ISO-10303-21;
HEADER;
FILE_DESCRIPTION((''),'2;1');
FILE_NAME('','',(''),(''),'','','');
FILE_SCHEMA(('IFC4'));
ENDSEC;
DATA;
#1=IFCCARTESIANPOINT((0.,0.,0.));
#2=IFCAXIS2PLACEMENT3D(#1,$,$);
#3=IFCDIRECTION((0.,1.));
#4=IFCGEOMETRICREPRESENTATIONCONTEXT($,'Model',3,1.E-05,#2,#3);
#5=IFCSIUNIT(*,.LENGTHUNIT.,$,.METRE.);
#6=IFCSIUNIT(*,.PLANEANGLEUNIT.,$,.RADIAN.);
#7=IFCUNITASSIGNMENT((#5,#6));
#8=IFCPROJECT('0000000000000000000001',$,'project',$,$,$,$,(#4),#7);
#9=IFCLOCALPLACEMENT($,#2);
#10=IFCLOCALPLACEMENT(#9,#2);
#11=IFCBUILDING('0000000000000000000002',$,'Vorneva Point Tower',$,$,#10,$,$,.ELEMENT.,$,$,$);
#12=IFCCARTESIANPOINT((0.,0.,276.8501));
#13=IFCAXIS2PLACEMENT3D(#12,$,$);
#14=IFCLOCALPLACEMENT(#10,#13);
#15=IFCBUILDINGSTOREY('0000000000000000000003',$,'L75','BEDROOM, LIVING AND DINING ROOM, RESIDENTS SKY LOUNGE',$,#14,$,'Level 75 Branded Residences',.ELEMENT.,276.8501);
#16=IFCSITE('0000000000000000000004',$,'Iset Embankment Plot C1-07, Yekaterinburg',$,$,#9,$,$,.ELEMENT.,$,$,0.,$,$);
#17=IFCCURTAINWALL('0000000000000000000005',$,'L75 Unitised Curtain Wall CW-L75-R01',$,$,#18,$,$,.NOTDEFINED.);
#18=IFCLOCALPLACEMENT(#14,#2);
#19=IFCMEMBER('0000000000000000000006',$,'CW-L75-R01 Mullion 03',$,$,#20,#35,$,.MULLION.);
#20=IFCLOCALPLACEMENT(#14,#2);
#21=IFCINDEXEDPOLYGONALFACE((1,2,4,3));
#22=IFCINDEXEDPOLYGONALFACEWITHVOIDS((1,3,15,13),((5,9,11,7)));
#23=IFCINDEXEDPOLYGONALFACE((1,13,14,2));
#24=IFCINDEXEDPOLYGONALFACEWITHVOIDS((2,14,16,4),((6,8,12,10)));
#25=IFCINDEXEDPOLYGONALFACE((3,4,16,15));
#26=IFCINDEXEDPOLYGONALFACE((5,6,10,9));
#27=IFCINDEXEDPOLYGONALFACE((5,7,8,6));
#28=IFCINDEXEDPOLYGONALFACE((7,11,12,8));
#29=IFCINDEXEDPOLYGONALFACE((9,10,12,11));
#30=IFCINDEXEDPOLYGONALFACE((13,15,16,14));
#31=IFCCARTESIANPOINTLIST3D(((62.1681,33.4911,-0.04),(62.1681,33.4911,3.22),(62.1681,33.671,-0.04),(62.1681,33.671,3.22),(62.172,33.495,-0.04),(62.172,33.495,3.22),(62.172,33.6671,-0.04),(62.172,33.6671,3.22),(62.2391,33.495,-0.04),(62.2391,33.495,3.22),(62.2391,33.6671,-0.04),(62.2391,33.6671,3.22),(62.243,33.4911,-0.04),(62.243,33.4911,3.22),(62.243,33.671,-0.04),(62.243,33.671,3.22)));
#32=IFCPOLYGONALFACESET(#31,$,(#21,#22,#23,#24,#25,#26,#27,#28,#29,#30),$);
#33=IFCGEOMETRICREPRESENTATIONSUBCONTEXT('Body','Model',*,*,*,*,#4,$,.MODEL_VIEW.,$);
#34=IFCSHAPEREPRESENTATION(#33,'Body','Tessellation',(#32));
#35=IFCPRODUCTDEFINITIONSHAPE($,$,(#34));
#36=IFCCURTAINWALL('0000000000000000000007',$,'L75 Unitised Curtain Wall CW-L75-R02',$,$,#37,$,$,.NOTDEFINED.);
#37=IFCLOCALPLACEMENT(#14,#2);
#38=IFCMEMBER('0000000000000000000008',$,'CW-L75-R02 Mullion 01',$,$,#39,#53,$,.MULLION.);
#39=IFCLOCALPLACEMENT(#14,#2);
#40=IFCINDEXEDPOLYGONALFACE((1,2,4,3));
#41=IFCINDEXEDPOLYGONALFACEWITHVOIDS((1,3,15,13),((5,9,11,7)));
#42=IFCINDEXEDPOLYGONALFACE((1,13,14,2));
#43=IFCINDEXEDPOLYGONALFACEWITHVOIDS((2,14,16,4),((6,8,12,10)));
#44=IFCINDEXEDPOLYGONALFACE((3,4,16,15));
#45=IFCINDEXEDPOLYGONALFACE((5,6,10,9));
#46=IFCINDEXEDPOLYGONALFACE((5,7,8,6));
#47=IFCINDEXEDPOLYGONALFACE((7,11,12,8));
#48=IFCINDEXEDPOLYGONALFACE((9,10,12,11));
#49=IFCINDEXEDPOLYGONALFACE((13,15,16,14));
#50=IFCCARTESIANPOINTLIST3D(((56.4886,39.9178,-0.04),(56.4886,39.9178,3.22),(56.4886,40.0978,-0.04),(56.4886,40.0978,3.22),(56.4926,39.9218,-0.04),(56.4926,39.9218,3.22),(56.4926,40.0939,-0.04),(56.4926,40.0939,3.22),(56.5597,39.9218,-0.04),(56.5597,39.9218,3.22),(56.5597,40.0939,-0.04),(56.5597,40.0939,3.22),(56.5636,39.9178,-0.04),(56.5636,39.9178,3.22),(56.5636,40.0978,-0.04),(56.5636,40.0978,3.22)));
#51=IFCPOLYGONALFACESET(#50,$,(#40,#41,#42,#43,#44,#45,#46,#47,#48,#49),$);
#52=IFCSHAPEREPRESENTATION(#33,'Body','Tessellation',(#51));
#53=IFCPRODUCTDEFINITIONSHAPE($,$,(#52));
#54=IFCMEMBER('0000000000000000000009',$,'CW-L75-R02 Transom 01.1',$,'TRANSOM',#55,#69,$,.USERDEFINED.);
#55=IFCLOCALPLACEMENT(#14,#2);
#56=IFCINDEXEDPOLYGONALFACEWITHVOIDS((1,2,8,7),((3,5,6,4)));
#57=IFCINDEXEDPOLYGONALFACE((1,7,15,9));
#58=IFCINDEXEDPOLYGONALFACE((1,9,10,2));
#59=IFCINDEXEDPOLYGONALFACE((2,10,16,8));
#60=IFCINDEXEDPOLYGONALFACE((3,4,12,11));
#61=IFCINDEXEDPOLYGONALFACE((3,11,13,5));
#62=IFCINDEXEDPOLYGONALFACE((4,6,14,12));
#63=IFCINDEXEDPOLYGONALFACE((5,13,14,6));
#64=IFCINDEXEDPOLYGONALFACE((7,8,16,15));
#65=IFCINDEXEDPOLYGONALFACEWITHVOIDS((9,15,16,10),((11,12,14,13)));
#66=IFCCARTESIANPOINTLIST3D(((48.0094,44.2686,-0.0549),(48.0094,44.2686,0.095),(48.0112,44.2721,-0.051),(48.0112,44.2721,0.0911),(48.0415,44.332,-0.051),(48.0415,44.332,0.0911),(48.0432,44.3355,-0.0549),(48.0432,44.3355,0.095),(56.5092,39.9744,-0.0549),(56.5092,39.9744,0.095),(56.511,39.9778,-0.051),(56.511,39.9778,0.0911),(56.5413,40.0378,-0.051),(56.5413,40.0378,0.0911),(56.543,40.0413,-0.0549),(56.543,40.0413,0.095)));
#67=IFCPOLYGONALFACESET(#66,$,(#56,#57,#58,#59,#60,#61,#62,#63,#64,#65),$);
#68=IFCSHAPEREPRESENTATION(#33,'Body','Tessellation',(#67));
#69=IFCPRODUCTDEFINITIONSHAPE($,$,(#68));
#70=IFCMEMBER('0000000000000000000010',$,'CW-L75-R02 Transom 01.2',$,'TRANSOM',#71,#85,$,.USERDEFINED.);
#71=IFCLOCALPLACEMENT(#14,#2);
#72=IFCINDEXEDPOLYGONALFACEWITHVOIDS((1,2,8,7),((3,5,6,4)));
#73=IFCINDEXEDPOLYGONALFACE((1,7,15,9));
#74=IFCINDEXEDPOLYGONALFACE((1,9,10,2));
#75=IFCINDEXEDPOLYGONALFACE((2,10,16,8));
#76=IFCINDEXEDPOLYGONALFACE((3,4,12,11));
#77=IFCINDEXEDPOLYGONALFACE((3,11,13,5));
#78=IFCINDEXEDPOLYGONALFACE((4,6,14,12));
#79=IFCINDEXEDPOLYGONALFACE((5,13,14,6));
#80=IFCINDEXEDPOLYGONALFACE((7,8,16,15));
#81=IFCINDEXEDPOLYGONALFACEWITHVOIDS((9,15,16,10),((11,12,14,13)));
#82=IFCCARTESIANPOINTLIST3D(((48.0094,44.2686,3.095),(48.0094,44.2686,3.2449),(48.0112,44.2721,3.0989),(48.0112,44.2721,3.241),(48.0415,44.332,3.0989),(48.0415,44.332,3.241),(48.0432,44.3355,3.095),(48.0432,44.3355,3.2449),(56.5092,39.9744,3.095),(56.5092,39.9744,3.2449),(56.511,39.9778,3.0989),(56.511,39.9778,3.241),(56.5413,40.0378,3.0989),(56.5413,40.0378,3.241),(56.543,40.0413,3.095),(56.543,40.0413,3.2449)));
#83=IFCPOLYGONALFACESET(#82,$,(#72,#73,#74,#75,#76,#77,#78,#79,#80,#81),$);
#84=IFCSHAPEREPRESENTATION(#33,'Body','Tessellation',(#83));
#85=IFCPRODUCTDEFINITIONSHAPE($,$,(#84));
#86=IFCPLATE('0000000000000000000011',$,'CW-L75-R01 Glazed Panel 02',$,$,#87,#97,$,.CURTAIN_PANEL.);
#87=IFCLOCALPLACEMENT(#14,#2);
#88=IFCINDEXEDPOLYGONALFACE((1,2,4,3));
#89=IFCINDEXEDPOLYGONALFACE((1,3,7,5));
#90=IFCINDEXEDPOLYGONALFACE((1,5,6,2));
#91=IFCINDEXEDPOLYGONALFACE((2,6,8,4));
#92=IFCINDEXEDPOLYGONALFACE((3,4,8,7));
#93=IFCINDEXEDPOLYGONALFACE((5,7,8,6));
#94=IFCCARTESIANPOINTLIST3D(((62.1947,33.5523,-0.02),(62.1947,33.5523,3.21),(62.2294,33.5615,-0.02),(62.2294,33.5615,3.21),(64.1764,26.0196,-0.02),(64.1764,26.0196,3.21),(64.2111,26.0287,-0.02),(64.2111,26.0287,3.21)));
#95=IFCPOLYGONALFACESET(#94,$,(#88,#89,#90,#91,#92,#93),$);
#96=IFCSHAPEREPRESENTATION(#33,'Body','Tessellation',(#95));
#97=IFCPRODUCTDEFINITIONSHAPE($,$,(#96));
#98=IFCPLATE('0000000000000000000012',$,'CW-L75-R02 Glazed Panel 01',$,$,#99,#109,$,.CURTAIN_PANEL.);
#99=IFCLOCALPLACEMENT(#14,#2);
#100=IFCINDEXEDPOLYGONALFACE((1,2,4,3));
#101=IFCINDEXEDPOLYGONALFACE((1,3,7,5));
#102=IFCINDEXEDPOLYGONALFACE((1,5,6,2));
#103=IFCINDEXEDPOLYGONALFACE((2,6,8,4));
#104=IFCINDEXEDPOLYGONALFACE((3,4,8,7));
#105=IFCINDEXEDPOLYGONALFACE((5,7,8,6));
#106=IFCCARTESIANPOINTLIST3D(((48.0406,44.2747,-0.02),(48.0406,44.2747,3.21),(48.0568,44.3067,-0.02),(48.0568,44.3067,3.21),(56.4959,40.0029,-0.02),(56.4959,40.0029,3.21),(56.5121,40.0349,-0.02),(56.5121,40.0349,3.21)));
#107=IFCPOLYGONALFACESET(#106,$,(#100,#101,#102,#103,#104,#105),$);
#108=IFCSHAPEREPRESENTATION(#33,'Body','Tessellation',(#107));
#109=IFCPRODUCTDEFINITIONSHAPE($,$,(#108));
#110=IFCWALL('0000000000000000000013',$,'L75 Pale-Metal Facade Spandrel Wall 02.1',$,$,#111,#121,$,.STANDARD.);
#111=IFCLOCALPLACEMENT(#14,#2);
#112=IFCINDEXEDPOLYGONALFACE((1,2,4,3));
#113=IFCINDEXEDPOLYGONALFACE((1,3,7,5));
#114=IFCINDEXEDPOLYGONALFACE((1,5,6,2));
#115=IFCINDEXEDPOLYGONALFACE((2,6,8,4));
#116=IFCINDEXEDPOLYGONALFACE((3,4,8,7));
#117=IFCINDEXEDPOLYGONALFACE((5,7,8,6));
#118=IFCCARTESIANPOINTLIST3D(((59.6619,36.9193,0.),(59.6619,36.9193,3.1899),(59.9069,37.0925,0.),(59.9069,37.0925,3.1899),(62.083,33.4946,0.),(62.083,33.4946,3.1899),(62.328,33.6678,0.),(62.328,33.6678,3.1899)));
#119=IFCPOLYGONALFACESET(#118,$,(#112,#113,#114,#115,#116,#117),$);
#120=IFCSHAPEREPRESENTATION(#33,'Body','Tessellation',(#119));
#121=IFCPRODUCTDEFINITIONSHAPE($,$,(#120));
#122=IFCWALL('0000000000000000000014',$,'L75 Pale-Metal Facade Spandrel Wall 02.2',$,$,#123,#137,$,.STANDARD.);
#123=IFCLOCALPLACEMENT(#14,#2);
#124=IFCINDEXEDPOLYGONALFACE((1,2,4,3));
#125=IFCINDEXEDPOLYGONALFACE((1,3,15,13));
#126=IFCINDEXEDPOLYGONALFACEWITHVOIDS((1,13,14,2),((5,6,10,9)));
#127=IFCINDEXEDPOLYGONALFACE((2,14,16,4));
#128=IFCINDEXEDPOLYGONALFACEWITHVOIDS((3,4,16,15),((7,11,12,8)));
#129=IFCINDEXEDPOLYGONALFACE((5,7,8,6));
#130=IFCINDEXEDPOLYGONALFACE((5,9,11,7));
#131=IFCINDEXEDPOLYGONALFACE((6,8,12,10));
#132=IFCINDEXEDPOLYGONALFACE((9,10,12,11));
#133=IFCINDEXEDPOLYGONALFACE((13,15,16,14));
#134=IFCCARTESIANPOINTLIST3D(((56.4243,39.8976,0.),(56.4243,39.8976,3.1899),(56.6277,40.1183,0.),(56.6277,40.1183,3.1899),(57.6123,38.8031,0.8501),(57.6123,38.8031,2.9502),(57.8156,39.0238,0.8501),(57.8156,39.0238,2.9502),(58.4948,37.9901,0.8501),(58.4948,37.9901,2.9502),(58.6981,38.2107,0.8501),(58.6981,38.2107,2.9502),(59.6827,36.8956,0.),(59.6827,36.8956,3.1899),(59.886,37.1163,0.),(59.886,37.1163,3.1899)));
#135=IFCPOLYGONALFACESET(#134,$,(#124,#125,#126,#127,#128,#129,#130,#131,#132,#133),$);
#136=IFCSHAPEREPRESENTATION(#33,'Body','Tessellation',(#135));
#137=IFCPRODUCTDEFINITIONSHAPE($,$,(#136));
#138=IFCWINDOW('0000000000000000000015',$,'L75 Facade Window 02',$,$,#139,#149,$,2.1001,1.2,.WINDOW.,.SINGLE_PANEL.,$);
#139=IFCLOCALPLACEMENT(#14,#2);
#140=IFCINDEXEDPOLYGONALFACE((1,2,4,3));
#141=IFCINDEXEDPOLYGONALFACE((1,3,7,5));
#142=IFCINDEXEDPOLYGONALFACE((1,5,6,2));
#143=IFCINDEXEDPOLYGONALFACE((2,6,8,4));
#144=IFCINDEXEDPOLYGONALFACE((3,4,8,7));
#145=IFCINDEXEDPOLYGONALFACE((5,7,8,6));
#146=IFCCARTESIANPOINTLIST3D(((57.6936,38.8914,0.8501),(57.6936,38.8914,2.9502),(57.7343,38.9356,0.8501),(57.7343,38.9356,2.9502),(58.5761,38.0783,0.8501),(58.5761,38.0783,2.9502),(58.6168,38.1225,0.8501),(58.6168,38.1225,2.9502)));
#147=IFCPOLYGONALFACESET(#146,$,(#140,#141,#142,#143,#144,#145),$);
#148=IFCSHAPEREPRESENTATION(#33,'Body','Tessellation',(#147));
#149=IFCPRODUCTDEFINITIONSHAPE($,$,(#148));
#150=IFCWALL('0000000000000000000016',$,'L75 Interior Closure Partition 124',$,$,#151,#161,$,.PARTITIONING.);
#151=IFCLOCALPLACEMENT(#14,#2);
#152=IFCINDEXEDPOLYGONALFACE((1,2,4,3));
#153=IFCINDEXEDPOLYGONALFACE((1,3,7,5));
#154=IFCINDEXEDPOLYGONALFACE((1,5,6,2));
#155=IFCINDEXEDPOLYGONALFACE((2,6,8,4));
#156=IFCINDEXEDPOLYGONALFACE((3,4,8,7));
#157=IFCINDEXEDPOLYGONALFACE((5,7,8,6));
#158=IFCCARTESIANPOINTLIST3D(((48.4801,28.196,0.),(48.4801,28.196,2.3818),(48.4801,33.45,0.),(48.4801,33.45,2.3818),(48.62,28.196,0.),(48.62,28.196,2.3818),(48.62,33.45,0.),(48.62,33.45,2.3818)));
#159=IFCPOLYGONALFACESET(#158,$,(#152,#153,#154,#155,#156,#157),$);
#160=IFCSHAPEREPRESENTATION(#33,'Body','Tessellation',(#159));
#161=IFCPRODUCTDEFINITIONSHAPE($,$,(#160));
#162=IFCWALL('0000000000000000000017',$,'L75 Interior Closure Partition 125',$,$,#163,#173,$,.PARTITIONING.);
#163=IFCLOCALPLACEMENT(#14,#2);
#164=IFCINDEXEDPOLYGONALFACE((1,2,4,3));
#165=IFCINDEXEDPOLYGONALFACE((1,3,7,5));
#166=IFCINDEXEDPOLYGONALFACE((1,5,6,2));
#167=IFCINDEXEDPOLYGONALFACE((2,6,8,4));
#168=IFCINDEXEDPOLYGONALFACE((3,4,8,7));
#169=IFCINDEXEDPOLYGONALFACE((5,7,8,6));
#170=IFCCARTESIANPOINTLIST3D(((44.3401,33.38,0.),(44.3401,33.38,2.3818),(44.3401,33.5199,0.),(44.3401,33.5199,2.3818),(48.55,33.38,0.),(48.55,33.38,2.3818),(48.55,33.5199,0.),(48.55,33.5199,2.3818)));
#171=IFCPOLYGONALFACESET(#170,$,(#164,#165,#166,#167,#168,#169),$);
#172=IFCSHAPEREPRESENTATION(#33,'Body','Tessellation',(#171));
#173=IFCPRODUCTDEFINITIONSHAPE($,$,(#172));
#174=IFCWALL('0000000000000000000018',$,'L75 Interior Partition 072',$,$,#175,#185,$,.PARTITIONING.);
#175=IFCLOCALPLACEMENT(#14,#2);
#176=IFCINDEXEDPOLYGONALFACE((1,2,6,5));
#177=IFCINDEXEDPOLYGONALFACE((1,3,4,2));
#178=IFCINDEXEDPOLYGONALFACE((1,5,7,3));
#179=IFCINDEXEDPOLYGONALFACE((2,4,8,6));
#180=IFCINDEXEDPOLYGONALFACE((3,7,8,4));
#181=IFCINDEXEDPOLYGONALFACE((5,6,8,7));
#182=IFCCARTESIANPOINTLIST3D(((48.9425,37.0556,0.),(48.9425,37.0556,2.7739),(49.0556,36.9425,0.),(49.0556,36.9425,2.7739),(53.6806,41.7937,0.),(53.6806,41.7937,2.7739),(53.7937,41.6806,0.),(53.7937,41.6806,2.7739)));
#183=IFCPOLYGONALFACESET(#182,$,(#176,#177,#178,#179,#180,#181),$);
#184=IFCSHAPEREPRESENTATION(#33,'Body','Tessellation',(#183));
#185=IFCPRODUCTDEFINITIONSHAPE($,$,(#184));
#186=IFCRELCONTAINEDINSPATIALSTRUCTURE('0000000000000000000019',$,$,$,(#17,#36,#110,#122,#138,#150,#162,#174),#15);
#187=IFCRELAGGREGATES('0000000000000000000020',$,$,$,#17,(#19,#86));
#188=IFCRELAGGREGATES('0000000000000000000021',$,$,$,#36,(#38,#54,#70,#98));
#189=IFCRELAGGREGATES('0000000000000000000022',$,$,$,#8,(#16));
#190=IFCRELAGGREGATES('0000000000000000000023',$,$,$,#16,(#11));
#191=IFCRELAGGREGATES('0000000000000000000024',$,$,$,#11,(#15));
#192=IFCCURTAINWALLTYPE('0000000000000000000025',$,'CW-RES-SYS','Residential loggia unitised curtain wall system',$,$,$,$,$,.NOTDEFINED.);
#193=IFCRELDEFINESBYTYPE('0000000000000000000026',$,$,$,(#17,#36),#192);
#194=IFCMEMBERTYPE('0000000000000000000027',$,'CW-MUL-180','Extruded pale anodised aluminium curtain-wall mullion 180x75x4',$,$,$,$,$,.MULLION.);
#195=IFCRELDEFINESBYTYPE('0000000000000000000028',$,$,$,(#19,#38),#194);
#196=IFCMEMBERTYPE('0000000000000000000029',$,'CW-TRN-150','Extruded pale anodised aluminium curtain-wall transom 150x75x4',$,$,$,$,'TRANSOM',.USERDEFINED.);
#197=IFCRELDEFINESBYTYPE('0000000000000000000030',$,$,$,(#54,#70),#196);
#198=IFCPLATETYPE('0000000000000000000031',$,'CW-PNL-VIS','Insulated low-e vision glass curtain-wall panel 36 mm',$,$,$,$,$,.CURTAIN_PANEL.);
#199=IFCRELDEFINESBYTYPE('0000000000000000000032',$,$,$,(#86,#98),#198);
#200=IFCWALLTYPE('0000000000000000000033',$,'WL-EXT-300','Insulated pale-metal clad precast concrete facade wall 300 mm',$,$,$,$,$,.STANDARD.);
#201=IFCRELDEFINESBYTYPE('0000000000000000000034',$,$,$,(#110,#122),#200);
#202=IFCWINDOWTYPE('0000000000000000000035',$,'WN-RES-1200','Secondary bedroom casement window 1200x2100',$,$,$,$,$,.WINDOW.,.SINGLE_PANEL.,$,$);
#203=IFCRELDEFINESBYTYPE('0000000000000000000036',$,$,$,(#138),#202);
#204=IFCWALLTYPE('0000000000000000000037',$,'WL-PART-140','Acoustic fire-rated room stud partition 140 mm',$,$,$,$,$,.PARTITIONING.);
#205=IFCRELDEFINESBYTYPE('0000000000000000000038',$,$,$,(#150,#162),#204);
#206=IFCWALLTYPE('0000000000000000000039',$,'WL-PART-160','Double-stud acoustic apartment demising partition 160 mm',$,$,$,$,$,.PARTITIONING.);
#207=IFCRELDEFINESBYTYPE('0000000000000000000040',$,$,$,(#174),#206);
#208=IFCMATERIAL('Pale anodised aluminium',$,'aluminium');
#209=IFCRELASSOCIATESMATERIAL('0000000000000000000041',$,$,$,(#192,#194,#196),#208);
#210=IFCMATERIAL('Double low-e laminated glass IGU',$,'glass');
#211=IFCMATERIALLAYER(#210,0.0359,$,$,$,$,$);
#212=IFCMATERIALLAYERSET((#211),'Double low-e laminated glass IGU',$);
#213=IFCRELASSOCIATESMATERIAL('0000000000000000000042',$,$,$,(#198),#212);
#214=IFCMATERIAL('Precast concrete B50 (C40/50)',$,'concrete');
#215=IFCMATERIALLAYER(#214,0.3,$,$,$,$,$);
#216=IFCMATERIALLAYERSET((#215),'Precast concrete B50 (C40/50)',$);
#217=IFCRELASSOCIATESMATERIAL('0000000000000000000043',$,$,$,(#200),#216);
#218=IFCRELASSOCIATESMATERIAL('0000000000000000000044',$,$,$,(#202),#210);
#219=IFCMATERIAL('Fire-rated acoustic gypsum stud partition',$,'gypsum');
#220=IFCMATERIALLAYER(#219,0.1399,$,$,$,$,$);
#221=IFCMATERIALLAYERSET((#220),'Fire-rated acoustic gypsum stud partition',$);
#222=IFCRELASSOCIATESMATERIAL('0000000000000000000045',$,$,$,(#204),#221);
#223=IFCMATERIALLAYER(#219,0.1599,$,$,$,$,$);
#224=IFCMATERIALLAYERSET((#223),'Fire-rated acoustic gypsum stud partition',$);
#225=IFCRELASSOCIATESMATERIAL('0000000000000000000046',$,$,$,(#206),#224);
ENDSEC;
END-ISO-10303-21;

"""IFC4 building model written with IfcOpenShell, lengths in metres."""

from ifc_helpers import new_model, si_unit, direction, frame, frame_2d, origin, origin_2d, place, context, subcontext, project, spatial, rectangle, hollow_rectangle, extrude, material, layer, layer_set, material_profile, profile_set, type_object, element, fill, aggregate, save


model = new_model("IFC4")

# Units and contexts
model_context = context("Model", 3, precision=1e-05, world=origin(), true_north=direction((0.0, 1.0)))
body_context = subcontext(model_context, "Body", "Model", "MODEL_VIEW")
ifc_project = project(units=[si_unit("LENGTHUNIT", "METRE"), si_unit("PLANEANGLEUNIT", "RADIAN")], contexts=[model_context])

# Site, building, storey
site_placement = place(None, origin())
site = spatial("IfcSite", under=ifc_project, at=site_placement, Name="Iset Embankment Plot C1-07, Yekaterinburg", CompositionType="ELEMENT", RefElevation=0.0)
building_placement = place(site_placement, origin())
building = spatial("IfcBuilding", under=site, at=building_placement, Name="Vorneva Point Tower", CompositionType="ELEMENT")
storey_placement = place(building_placement, frame((0.0, 0.0, 276.8501)))
storey = spatial("IfcBuildingStorey", under=building, at=storey_placement, Name="L75", Description="BEDROOM, LIVING AND DINING ROOM, RESIDENTS SKY LOUNGE", LongName="Level 75 Branded Residences", CompositionType="ELEMENT", Elevation=276.8501)

# Curtain wall, member
ifc_material_1 = material(Name="Pale anodised aluminium", Category="aluminium")
curtain_wall_type = type_object("IfcCurtainWallType", Name="CW-RES-SYS", Description="Residential loggia unitised curtain wall system", PredefinedType="NOTDEFINED", material=ifc_material_1)
curtain_wall_1_placement = place(storey_placement, origin())
curtain_wall_1 = element("IfcCurtainWall", 1, at=curtain_wall_1_placement, inside=storey, type_object=curtain_wall_type, Name="L75 Unitised Curtain Wall CW-L75-R01", PredefinedType="NOTDEFINED")
ifc_material_profile_1 = material_profile(ifc_material_1, hollow_rectangle(XDim=0.075, YDim=0.1799, WallThickness=0.0039, at=origin_2d()), Name="AL-MUL 180x75x4")
ifc_profile_set_1 = profile_set([ifc_material_profile_1], Name="Pale anodised aluminium")
member_type_1 = type_object("IfcMemberType", Name="CW-MUL-180", Description="Extruded pale anodised aluminium curtain-wall mullion 180x75x4", PredefinedType="MULLION", material=ifc_profile_set_1)
member_1_placement = place(storey_placement, frame((62.2056, 33.5811, -0.04), z_axis=(0.0, 0.0, 1.0), x_axis=(1.0, 0.0, 0.0)))
member_1 = element("IfcMember", 2, at=member_1_placement, type_object=member_type_1, Name="CW-L75-R01 Mullion 03", PredefinedType="MULLION", context=body_context, shape_type="SweptSolid", body=[
    extrude(hollow_rectangle(XDim=0.075, YDim=0.1799, WallThickness=0.0039, at=origin_2d()), origin(), (0.0, 0.0, 1.0), 3.26),
])

# Curtain wall, members
curtain_wall_2_placement = place(storey_placement, origin())
curtain_wall_2 = element("IfcCurtainWall", 3, at=curtain_wall_2_placement, inside=storey, type_object=curtain_wall_type, Name="L75 Unitised Curtain Wall CW-L75-R02", PredefinedType="NOTDEFINED")
member_2_placement = place(storey_placement, frame((56.5261, 40.0078, -0.04), z_axis=(0.0, 0.0, 1.0), x_axis=(1.0, 0.0, 0.0)))
member_2 = element("IfcMember", 4, at=member_2_placement, type_object=member_type_1, Name="CW-L75-R02 Mullion 01", PredefinedType="MULLION", context=body_context, shape_type="SweptSolid", body=[
    extrude(hollow_rectangle(XDim=0.075, YDim=0.1799, WallThickness=0.0039, at=origin_2d()), origin(), (0.0, 0.0, 1.0), 3.26),
])
ifc_material_profile_2 = material_profile(ifc_material_1, hollow_rectangle(XDim=0.075, YDim=0.1499, WallThickness=0.0039, at=origin_2d()), Name="AL-TRN 150x75x4")
ifc_profile_set_2 = profile_set([ifc_material_profile_2], Name="Pale anodised aluminium")
member_type_2 = type_object("IfcMemberType", Name="CW-TRN-150", Description="Extruded pale anodised aluminium curtain-wall transom 150x75x4", ElementType="TRANSOM", PredefinedType="USERDEFINED", material=ifc_profile_set_2)
member_3_placement = place(storey_placement, frame((56.5261, 40.0078, 0.02), z_axis=(-0.892558, 0.450932, 0.0), x_axis=(-0.450932, -0.892558, 0.0)))
member_3 = element("IfcMember", 5, at=member_3_placement, type_object=member_type_2, Name="CW-L75-R02 Transom 01.1", ObjectType="TRANSOM", PredefinedType="USERDEFINED", context=body_context, shape_type="SweptSolid", body=[
    extrude(hollow_rectangle(XDim=0.075, YDim=0.1499, WallThickness=0.0039, at=origin_2d()), origin(), (0.0, 0.0, 1.0), 9.5229),
])
member_4_placement = place(storey_placement, frame((56.5261, 40.0078, 3.1699), z_axis=(-0.892558, 0.450932, 0.0), x_axis=(-0.450932, -0.892558, 0.0)))
member_4 = element("IfcMember", 6, at=member_4_placement, type_object=member_type_2, Name="CW-L75-R02 Transom 01.2", ObjectType="TRANSOM", PredefinedType="USERDEFINED", context=body_context, shape_type="SweptSolid", body=[
    extrude(hollow_rectangle(XDim=0.075, YDim=0.1499, WallThickness=0.0039, at=origin_2d()), origin(), (0.0, 0.0, 1.0), 9.5229),
])

# Plates
ifc_material_2 = material(Name="Double low-e laminated glass IGU", Category="glass")
ifc_layer_1 = layer(ifc_material_2, 0.0359)
ifc_layer_set_1 = layer_set([ifc_layer_1], Name="Double low-e laminated glass IGU")
plate_type = type_object("IfcPlateType", Name="CW-PNL-VIS", Description="Insulated low-e vision glass curtain-wall panel 36 mm", PredefinedType="CURTAIN_PANEL", material=ifc_layer_set_1)
plate_1_placement = place(storey_placement, frame((63.2029, 29.7905, -0.02), z_axis=(0.0, 0.0, 1.0), x_axis=(-0.254416, 0.967095, 0.0)))
plate_1 = element("IfcPlate", 7, at=plate_1_placement, type_object=plate_type, Name="CW-L75-R01 Glazed Panel 02", PredefinedType="CURTAIN_PANEL", context=body_context, shape_type="SweptSolid", body=[
    extrude(rectangle(XDim=7.7891, YDim=0.0359, at=origin_2d()), origin(), (0.0, 0.0, 1.0), 3.23),
])
aggregate(curtain_wall_1, [member_1, plate_1])
plate_2_placement = place(storey_placement, frame((52.2764, 42.1548, -0.02), z_axis=(0.0, 0.0, 1.0), x_axis=(-0.892554, 0.45094, 0.0)))
plate_2 = element("IfcPlate", 8, at=plate_2_placement, type_object=plate_type, Name="CW-L75-R02 Glazed Panel 01", PredefinedType="CURTAIN_PANEL", context=body_context, shape_type="SweptSolid", body=[
    extrude(rectangle(XDim=9.4731, YDim=0.0359, at=origin_2d()), origin(), (0.0, 0.0, 1.0), 3.23),
])
aggregate(curtain_wall_2, [member_2, member_3, member_4, plate_2])

# Wall
ifc_material_3 = material(Name="Precast concrete B50 (C40/50)", Category="concrete")
ifc_layer_2 = layer(ifc_material_3, 0.3)
ifc_layer_set_2 = layer_set([ifc_layer_2], Name="Precast concrete B50 (C40/50)")
wall_type_1 = type_object("IfcWallType", Name="WL-EXT-300", Description="Insulated pale-metal clad precast concrete facade wall 300 mm", PredefinedType="STANDARD", material=ifc_layer_set_2)
wall_1_placement = place(storey_placement, frame((62.2056, 33.5811, 0.0), z_axis=(0.0, 0.0, 1.0), x_axis=(-0.577261, 0.81656, 0.0)))
element("IfcWall", 9, at=wall_1_placement, inside=storey, type_object=wall_type_1, Name="L75 Pale-Metal Facade Spandrel Wall 02.1", PredefinedType="STANDARD", context=body_context, shape_type="SweptSolid", body=[
    extrude(rectangle(XDim=4.1941, YDim=0.3, at=frame_2d((2.0972, 0.0))), origin(), (0.0, 0.0, 1.0), 3.1899),
])

# Wall, opening, window
wall_2_placement = place(storey_placement, frame((59.7844, 37.0059, 0.0), z_axis=(0.0, 0.0, 1.0), x_axis=(-0.735445, 0.677584, 0.0)))
wall_2 = element("IfcWall", 10, at=wall_2_placement, inside=storey, type_object=wall_type_1, Name="L75 Pale-Metal Facade Spandrel Wall 02.2", PredefinedType="STANDARD", context=body_context, shape_type="SweptSolid", body=[
    extrude(rectangle(XDim=4.4304, YDim=0.3, at=frame_2d((2.2153, 0.0))), origin(), (0.0, 0.0, 1.0), 3.1899),
])
opening_placement = place(wall_2_placement, frame((1.6152, 0.0, 0.8501)))
opening = element("IfcOpeningElement", 11, at=opening_placement, cuts=wall_2, PredefinedType="OPENING", context=body_context, shape_type="SweptSolid", body=[
    extrude(rectangle(XDim=1.2, YDim=2.1001, at=frame_2d((0.6001, 1.05))), frame((0.0, 0.165, 0.0), z_axis=(0.0, -1.0, 0.0), x_axis=(1.0, 0.0, 0.0)), (0.0, 0.0, 1.0), 0.3298),
])
window_type = type_object("IfcWindowType", Name="WN-RES-1200", Description="Secondary bedroom casement window 1200x2100", PartitioningType="SINGLE_PANEL", PredefinedType="WINDOW", material=ifc_material_2)
window_placement = place(opening_placement, origin())
window = element("IfcWindow", 12, at=window_placement, inside=storey, type_object=window_type, Name="L75 Facade Window 02", OverallHeight=2.1001, OverallWidth=1.2, PartitioningType="SINGLE_PANEL", PredefinedType="WINDOW", context=body_context, shape_type="SweptSolid", body=[
    extrude(rectangle(XDim=1.2, YDim=2.1001, at=frame_2d((0.6001, 1.05))), frame((0.0, 0.03, 0.0), z_axis=(0.0, -1.0, 0.0), x_axis=(1.0, 0.0, 0.0)), (0.0, 0.0, 1.0), 0.0601),
])
fill(opening, window)

# Walls
ifc_material_4 = material(Name="Fire-rated acoustic gypsum stud partition", Category="gypsum")
ifc_layer_3 = layer(ifc_material_4, 0.1399)
ifc_layer_set_3 = layer_set([ifc_layer_3], Name="Fire-rated acoustic gypsum stud partition")
wall_type_2 = type_object("IfcWallType", Name="WL-PART-140", Description="Acoustic fire-rated room stud partition 140 mm", PredefinedType="PARTITIONING", material=ifc_layer_set_3)
wall_3_placement = place(storey_placement, frame((48.55, 28.196, 0.0), z_axis=(0.0, 0.0, 1.0), x_axis=(0.0, 1.0, 0.0)))
element("IfcWall", 13, at=wall_3_placement, inside=storey, type_object=wall_type_2, Name="L75 Interior Closure Partition 124", PredefinedType="PARTITIONING", context=body_context, shape_type="SweptSolid", body=[
    extrude(rectangle(XDim=5.2539, YDim=0.1399, at=frame_2d((2.627, 0.0))), origin(), (0.0, 0.0, 1.0), 2.3818),
])
wall_4_placement = place(storey_placement, frame((48.55, 33.45, 0.0), z_axis=(0.0, 0.0, 1.0), x_axis=(-1.0, 0.0, 0.0)))
element("IfcWall", 14, at=wall_4_placement, inside=storey, type_object=wall_type_2, Name="L75 Interior Closure Partition 125", PredefinedType="PARTITIONING", context=body_context, shape_type="SweptSolid", body=[
    extrude(rectangle(XDim=4.21, YDim=0.1399, at=frame_2d((2.105, 0.0))), origin(), (0.0, 0.0, 1.0), 2.3818),
])
ifc_layer_4 = layer(ifc_material_4, 0.1599)
ifc_layer_set_4 = layer_set([ifc_layer_4], Name="Fire-rated acoustic gypsum stud partition")
wall_type_3 = type_object("IfcWallType", Name="WL-PART-160", Description="Double-stud acoustic apartment demising partition 160 mm", PredefinedType="PARTITIONING", material=ifc_layer_set_4)
wall_5_placement = place(storey_placement, frame((48.999, 36.999, 0.0), z_axis=(0.0, 0.0, 1.0), x_axis=(0.707107, 0.707107, 0.0)))
element("IfcWall", 15, at=wall_5_placement, inside=storey, type_object=wall_type_3, Name="L75 Interior Partition 072", PredefinedType="PARTITIONING", context=body_context, shape_type="SweptSolid", body=[
    extrude(rectangle(XDim=6.7007, YDim=0.1599, at=frame_2d((3.3503, 0.0))), origin(), (0.0, 0.0, 1.0), 2.7739),
])

save(model, "model.ifc")
